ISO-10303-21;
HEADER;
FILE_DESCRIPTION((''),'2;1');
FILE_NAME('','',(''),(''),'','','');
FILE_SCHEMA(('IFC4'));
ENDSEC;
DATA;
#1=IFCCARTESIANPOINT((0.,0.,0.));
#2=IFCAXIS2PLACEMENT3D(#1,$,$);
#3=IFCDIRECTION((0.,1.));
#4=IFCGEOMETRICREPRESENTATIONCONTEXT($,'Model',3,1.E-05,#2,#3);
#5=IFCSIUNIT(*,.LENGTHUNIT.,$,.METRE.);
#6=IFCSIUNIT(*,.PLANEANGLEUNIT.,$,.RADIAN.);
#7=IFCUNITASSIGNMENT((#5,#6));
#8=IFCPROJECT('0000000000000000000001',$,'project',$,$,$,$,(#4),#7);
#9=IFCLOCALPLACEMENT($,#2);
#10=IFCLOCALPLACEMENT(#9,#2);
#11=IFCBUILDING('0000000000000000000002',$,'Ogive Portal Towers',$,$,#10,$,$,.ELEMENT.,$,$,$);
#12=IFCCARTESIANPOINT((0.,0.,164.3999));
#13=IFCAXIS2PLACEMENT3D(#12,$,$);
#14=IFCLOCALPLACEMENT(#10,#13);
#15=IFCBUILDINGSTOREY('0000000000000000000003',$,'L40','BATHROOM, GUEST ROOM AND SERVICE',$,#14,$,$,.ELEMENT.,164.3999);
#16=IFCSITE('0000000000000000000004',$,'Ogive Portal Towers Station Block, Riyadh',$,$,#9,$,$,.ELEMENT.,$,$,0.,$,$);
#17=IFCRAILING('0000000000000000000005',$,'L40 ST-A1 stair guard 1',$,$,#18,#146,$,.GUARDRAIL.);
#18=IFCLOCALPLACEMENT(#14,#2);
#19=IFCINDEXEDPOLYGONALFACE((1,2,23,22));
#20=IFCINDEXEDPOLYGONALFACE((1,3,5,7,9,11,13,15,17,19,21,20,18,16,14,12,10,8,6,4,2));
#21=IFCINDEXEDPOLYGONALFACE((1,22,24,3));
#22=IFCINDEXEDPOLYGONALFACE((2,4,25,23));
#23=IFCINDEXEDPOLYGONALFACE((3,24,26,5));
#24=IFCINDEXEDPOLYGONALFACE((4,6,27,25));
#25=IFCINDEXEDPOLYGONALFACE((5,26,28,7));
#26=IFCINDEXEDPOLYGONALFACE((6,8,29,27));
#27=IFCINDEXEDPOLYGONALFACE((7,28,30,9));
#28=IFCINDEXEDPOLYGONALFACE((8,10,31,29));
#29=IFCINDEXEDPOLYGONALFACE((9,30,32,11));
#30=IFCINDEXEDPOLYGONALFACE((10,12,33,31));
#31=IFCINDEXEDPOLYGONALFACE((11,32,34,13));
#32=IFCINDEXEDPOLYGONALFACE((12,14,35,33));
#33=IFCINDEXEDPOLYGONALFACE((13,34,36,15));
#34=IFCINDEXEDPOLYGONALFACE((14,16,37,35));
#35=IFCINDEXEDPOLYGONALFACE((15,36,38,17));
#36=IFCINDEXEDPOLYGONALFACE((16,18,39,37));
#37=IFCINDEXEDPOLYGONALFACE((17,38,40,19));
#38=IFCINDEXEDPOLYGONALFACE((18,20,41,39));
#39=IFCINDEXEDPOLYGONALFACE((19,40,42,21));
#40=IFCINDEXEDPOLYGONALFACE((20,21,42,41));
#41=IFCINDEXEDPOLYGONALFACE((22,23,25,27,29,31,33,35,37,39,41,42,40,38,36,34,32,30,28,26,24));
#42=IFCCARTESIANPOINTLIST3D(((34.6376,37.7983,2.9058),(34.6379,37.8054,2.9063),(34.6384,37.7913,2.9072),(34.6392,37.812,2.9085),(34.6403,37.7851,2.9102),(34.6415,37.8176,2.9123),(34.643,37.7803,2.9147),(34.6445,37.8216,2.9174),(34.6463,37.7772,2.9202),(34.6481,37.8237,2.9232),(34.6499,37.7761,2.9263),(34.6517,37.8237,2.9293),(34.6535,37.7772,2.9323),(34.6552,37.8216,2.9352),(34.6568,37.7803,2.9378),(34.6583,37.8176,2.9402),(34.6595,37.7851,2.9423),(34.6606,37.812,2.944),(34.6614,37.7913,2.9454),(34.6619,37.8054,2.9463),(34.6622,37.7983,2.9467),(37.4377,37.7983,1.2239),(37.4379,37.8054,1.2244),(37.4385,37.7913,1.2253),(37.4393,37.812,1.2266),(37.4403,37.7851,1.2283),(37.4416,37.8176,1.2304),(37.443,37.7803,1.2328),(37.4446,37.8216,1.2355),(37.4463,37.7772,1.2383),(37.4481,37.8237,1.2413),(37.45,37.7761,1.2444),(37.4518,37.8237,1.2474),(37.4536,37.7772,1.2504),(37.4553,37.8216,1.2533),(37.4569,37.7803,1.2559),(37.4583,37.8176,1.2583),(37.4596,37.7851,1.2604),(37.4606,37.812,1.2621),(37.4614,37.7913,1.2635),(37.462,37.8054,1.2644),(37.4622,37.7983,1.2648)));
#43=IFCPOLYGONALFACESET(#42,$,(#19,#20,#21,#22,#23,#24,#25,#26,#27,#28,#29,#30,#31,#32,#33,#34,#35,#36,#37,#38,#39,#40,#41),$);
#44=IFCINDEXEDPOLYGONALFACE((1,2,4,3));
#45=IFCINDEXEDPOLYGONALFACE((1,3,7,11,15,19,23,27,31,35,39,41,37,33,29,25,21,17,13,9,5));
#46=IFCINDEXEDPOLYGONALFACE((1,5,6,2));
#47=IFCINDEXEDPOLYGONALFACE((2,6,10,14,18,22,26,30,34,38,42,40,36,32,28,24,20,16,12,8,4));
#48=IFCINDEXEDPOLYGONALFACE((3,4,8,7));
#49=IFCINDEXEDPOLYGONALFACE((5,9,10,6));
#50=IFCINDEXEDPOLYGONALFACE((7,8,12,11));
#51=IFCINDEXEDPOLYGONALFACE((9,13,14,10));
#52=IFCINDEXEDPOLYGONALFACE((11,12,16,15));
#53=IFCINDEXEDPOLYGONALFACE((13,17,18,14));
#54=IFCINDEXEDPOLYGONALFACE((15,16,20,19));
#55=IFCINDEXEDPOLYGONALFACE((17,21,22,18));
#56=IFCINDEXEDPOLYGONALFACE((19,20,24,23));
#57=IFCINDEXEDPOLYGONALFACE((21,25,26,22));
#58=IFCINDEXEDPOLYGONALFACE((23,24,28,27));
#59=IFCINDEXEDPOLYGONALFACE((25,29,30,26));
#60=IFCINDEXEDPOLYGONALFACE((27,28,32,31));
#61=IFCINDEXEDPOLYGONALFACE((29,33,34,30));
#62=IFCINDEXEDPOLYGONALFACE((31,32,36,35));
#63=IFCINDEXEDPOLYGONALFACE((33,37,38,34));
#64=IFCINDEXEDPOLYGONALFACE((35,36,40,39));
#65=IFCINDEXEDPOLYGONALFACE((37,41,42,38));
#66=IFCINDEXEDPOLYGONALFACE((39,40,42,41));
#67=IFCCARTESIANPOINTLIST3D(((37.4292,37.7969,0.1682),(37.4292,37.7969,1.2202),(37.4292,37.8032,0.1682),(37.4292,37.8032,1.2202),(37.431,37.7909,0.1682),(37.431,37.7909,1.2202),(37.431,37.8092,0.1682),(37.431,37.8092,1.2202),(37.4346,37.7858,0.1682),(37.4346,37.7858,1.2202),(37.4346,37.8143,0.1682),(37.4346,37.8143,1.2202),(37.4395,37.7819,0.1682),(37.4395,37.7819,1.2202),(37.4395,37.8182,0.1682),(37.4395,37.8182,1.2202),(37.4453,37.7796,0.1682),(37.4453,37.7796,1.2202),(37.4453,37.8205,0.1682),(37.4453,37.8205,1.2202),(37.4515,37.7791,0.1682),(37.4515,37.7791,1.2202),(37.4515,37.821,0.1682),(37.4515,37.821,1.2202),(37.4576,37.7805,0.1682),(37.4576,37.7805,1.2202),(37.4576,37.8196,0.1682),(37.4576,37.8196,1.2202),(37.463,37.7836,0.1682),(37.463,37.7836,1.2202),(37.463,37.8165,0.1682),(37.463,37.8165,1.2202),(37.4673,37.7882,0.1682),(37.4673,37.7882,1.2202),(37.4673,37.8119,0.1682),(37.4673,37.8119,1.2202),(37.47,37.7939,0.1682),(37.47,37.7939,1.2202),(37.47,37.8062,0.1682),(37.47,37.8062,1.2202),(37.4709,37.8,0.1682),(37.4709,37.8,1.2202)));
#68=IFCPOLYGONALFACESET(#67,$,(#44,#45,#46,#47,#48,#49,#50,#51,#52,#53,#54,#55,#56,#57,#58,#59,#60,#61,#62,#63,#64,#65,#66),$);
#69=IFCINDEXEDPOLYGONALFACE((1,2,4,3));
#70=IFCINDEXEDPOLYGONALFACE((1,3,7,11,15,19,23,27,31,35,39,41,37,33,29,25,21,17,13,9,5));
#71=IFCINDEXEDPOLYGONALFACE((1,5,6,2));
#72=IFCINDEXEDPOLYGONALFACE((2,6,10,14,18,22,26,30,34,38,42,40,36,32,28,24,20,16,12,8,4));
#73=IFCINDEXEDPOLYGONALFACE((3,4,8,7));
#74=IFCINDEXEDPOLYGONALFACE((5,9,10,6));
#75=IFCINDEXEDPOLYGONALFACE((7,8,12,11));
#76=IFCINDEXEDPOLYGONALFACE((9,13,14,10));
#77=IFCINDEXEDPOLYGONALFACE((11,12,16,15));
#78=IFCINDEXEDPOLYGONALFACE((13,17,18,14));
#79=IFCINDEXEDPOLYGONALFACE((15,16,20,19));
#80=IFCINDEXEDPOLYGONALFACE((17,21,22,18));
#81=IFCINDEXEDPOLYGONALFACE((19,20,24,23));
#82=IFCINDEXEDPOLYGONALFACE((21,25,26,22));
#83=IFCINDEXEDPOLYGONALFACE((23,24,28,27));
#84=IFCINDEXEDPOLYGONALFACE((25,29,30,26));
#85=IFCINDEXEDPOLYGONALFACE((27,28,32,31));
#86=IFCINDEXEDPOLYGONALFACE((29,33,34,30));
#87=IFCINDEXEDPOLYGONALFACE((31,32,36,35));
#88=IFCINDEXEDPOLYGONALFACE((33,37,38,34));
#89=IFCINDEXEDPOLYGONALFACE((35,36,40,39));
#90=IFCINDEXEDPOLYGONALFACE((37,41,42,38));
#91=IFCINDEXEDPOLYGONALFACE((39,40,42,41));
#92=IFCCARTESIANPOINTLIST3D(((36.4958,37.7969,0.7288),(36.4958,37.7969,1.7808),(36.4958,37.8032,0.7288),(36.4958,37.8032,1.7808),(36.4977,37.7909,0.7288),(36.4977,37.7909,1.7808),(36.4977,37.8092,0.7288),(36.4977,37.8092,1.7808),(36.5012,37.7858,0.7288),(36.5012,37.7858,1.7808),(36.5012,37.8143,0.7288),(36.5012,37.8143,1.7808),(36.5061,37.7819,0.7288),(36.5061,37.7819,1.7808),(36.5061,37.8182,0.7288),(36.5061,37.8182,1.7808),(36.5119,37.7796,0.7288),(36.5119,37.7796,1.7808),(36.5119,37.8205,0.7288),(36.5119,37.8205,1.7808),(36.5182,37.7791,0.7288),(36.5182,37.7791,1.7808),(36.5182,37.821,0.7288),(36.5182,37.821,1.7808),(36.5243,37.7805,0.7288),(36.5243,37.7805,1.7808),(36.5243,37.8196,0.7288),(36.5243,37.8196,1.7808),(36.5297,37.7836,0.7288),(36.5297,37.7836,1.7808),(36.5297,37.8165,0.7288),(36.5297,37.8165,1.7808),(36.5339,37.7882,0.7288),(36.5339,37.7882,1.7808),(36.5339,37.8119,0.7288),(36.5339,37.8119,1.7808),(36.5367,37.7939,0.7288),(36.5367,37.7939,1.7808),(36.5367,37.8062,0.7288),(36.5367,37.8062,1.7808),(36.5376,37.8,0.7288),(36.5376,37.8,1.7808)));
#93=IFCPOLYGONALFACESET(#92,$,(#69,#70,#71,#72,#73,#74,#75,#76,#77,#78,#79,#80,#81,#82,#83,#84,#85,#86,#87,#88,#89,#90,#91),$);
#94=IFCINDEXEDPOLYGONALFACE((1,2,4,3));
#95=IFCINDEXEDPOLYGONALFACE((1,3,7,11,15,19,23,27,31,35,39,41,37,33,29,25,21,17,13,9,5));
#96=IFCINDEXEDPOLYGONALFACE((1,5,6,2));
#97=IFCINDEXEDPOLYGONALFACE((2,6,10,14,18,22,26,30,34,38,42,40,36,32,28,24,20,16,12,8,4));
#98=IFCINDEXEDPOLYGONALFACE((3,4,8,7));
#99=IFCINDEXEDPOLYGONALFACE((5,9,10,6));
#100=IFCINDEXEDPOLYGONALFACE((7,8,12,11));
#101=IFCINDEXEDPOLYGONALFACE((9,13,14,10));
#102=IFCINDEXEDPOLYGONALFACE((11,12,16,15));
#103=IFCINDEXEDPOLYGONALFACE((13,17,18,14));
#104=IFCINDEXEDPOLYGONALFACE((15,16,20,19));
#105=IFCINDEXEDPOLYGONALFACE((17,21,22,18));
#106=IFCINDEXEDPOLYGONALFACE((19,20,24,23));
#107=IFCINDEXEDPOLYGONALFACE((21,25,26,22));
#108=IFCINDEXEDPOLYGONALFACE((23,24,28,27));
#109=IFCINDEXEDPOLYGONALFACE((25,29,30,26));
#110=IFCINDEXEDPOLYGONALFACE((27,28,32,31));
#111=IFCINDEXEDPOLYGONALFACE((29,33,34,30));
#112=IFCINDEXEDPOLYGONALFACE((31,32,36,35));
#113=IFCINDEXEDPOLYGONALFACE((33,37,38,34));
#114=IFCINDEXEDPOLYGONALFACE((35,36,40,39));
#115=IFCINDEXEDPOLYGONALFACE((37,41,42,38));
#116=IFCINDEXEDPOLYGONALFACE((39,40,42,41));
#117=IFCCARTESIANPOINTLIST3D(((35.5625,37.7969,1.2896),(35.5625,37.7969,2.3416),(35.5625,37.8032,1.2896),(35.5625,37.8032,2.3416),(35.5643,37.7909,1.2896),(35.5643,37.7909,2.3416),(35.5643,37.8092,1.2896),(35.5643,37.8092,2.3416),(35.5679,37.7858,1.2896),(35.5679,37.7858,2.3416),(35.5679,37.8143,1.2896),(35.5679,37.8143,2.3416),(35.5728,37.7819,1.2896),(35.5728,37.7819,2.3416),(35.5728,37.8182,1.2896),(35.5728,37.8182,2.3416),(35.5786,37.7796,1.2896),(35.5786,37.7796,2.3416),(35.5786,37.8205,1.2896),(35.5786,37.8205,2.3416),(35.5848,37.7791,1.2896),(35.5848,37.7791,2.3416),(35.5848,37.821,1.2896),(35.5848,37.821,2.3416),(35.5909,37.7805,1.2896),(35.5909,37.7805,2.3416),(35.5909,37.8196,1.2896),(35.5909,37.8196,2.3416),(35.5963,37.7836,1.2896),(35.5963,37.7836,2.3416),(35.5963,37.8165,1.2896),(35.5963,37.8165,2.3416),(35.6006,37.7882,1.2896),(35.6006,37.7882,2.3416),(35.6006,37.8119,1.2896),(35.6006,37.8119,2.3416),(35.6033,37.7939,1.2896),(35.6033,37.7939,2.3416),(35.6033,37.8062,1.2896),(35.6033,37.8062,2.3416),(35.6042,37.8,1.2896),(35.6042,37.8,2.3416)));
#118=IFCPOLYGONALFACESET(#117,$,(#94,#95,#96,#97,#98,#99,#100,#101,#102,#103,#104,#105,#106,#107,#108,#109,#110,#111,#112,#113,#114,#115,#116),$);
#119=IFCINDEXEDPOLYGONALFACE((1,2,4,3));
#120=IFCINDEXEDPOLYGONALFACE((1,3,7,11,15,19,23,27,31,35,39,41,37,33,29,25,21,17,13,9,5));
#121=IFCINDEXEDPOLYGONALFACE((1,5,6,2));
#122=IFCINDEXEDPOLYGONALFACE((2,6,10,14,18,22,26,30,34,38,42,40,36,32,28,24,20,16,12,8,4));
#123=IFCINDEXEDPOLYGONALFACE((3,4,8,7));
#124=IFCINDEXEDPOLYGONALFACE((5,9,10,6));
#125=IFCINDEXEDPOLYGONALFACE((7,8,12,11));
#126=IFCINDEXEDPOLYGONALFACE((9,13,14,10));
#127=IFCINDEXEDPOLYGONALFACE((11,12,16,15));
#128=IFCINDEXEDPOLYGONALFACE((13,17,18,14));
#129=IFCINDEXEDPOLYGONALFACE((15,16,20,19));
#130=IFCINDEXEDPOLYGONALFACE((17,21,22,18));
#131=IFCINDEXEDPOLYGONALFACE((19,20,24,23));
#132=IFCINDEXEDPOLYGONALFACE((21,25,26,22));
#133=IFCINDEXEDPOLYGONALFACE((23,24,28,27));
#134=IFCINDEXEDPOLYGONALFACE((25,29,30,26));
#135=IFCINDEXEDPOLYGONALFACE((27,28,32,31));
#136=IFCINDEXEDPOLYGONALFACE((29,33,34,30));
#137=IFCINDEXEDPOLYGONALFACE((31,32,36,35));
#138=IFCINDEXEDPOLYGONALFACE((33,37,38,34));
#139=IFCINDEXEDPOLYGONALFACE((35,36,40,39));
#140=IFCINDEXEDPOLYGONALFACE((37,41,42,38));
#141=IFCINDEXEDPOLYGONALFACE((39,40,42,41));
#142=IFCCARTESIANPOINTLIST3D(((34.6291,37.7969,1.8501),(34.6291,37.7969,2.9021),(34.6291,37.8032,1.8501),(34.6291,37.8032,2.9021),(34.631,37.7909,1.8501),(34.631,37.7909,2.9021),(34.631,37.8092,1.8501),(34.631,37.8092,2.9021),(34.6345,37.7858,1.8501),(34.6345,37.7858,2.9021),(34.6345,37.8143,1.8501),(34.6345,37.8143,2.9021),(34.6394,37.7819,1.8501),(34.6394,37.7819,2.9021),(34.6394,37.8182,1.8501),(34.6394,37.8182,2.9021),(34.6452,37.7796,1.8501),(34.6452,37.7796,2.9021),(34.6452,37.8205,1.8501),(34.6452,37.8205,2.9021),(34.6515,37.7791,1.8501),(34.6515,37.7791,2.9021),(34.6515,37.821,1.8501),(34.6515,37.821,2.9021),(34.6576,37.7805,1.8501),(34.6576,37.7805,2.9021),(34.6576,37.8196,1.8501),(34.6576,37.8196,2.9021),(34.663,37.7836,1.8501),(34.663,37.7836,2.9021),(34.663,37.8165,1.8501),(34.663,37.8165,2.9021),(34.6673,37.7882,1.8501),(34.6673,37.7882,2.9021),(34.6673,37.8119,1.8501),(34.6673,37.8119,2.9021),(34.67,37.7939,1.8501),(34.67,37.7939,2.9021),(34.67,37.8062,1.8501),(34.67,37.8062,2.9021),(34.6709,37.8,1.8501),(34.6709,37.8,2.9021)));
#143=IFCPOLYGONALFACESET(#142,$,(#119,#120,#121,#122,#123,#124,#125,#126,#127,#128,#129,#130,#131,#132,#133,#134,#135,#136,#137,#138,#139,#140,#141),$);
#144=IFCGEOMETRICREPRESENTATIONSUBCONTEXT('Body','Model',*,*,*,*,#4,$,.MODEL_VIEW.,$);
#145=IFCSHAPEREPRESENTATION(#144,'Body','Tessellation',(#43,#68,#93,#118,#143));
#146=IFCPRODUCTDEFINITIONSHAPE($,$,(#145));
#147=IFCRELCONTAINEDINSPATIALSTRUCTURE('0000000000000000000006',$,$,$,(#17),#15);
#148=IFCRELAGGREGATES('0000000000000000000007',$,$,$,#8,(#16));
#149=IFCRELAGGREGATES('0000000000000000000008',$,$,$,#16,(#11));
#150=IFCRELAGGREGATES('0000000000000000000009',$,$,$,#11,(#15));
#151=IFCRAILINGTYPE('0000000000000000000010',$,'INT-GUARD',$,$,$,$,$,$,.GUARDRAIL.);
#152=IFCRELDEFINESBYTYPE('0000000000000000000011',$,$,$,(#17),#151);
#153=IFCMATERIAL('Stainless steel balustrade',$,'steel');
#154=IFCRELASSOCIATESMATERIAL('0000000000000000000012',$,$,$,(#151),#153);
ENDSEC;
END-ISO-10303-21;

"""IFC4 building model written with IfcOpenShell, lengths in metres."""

from ifc_helpers import new_model, si_unit, direction, frame, origin, origin_2d, place, context, subcontext, project, spatial, circle, extrude, material, type_object, element, save


model = new_model("IFC4")

# Units and contexts
model_context = context("Model", 3, precision=1e-05, world=origin(), true_north=direction((0.0, 1.0)))
body_context = subcontext(model_context, "Body", "Model", "MODEL_VIEW")
ifc_project = project(units=[si_unit("LENGTHUNIT", "METRE"), si_unit("PLANEANGLEUNIT", "RADIAN")], contexts=[model_context])

# Site, building, storey
site_placement = place(None, origin())
site = spatial("IfcSite", under=ifc_project, at=site_placement, Name="Ogive Portal Towers Station Block, Riyadh", CompositionType="ELEMENT", RefElevation=0.0)
building_placement = place(site_placement, origin())
building = spatial("IfcBuilding", under=site, at=building_placement, Name="Ogive Portal Towers", CompositionType="ELEMENT")
storey_placement = place(building_placement, frame((0.0, 0.0, 164.3999)))
storey = spatial("IfcBuildingStorey", under=building, at=storey_placement, Name="L40", Description="BATHROOM, GUEST ROOM AND SERVICE", CompositionType="ELEMENT", Elevation=164.3999)

# Railing
ifc_material_1 = material(Name="Stainless steel balustrade", Category="steel")
railing_type_1 = type_object("IfcRailingType", Name="INT-GUARD", PredefinedType="GUARDRAIL", material=ifc_material_1)
railing_1_placement = place(storey_placement, frame((37.45, 37.8, 0.1682)))
element("IfcRailing", 1, at=railing_1_placement, inside=storey, type_object=railing_type_1, Name="L40 ST-A1 stair guard 1", PredefinedType="GUARDRAIL", context=body_context, shape_type="SweptSolid", body=[
    extrude(circle(Radius=0.0239, at=origin_2d()), frame((0.0, 0.0, 1.0762), z_axis=(-0.857242, 0.0, 0.514913), x_axis=(0.0, -1.0, 0.0)), (0.0, 0.0, 1.0), 3.2664),
    extrude(circle(Radius=0.021, at=origin_2d()), origin(), (0.0, 0.0, 1.0), 1.052),
    extrude(circle(Radius=0.021, at=origin_2d()), frame((-0.9333, 0.0, 0.5605)), (0.0, 0.0, 1.0), 1.052),
    extrude(circle(Radius=0.021, at=origin_2d()), frame((-1.8667, 0.0, 1.1213)), (0.0, 0.0, 1.0), 1.052),
    extrude(circle(Radius=0.021, at=origin_2d()), frame((-2.8, 0.0, 1.6819)), (0.0, 0.0, 1.0), 1.052),
])

save(model, "model.ifc")
